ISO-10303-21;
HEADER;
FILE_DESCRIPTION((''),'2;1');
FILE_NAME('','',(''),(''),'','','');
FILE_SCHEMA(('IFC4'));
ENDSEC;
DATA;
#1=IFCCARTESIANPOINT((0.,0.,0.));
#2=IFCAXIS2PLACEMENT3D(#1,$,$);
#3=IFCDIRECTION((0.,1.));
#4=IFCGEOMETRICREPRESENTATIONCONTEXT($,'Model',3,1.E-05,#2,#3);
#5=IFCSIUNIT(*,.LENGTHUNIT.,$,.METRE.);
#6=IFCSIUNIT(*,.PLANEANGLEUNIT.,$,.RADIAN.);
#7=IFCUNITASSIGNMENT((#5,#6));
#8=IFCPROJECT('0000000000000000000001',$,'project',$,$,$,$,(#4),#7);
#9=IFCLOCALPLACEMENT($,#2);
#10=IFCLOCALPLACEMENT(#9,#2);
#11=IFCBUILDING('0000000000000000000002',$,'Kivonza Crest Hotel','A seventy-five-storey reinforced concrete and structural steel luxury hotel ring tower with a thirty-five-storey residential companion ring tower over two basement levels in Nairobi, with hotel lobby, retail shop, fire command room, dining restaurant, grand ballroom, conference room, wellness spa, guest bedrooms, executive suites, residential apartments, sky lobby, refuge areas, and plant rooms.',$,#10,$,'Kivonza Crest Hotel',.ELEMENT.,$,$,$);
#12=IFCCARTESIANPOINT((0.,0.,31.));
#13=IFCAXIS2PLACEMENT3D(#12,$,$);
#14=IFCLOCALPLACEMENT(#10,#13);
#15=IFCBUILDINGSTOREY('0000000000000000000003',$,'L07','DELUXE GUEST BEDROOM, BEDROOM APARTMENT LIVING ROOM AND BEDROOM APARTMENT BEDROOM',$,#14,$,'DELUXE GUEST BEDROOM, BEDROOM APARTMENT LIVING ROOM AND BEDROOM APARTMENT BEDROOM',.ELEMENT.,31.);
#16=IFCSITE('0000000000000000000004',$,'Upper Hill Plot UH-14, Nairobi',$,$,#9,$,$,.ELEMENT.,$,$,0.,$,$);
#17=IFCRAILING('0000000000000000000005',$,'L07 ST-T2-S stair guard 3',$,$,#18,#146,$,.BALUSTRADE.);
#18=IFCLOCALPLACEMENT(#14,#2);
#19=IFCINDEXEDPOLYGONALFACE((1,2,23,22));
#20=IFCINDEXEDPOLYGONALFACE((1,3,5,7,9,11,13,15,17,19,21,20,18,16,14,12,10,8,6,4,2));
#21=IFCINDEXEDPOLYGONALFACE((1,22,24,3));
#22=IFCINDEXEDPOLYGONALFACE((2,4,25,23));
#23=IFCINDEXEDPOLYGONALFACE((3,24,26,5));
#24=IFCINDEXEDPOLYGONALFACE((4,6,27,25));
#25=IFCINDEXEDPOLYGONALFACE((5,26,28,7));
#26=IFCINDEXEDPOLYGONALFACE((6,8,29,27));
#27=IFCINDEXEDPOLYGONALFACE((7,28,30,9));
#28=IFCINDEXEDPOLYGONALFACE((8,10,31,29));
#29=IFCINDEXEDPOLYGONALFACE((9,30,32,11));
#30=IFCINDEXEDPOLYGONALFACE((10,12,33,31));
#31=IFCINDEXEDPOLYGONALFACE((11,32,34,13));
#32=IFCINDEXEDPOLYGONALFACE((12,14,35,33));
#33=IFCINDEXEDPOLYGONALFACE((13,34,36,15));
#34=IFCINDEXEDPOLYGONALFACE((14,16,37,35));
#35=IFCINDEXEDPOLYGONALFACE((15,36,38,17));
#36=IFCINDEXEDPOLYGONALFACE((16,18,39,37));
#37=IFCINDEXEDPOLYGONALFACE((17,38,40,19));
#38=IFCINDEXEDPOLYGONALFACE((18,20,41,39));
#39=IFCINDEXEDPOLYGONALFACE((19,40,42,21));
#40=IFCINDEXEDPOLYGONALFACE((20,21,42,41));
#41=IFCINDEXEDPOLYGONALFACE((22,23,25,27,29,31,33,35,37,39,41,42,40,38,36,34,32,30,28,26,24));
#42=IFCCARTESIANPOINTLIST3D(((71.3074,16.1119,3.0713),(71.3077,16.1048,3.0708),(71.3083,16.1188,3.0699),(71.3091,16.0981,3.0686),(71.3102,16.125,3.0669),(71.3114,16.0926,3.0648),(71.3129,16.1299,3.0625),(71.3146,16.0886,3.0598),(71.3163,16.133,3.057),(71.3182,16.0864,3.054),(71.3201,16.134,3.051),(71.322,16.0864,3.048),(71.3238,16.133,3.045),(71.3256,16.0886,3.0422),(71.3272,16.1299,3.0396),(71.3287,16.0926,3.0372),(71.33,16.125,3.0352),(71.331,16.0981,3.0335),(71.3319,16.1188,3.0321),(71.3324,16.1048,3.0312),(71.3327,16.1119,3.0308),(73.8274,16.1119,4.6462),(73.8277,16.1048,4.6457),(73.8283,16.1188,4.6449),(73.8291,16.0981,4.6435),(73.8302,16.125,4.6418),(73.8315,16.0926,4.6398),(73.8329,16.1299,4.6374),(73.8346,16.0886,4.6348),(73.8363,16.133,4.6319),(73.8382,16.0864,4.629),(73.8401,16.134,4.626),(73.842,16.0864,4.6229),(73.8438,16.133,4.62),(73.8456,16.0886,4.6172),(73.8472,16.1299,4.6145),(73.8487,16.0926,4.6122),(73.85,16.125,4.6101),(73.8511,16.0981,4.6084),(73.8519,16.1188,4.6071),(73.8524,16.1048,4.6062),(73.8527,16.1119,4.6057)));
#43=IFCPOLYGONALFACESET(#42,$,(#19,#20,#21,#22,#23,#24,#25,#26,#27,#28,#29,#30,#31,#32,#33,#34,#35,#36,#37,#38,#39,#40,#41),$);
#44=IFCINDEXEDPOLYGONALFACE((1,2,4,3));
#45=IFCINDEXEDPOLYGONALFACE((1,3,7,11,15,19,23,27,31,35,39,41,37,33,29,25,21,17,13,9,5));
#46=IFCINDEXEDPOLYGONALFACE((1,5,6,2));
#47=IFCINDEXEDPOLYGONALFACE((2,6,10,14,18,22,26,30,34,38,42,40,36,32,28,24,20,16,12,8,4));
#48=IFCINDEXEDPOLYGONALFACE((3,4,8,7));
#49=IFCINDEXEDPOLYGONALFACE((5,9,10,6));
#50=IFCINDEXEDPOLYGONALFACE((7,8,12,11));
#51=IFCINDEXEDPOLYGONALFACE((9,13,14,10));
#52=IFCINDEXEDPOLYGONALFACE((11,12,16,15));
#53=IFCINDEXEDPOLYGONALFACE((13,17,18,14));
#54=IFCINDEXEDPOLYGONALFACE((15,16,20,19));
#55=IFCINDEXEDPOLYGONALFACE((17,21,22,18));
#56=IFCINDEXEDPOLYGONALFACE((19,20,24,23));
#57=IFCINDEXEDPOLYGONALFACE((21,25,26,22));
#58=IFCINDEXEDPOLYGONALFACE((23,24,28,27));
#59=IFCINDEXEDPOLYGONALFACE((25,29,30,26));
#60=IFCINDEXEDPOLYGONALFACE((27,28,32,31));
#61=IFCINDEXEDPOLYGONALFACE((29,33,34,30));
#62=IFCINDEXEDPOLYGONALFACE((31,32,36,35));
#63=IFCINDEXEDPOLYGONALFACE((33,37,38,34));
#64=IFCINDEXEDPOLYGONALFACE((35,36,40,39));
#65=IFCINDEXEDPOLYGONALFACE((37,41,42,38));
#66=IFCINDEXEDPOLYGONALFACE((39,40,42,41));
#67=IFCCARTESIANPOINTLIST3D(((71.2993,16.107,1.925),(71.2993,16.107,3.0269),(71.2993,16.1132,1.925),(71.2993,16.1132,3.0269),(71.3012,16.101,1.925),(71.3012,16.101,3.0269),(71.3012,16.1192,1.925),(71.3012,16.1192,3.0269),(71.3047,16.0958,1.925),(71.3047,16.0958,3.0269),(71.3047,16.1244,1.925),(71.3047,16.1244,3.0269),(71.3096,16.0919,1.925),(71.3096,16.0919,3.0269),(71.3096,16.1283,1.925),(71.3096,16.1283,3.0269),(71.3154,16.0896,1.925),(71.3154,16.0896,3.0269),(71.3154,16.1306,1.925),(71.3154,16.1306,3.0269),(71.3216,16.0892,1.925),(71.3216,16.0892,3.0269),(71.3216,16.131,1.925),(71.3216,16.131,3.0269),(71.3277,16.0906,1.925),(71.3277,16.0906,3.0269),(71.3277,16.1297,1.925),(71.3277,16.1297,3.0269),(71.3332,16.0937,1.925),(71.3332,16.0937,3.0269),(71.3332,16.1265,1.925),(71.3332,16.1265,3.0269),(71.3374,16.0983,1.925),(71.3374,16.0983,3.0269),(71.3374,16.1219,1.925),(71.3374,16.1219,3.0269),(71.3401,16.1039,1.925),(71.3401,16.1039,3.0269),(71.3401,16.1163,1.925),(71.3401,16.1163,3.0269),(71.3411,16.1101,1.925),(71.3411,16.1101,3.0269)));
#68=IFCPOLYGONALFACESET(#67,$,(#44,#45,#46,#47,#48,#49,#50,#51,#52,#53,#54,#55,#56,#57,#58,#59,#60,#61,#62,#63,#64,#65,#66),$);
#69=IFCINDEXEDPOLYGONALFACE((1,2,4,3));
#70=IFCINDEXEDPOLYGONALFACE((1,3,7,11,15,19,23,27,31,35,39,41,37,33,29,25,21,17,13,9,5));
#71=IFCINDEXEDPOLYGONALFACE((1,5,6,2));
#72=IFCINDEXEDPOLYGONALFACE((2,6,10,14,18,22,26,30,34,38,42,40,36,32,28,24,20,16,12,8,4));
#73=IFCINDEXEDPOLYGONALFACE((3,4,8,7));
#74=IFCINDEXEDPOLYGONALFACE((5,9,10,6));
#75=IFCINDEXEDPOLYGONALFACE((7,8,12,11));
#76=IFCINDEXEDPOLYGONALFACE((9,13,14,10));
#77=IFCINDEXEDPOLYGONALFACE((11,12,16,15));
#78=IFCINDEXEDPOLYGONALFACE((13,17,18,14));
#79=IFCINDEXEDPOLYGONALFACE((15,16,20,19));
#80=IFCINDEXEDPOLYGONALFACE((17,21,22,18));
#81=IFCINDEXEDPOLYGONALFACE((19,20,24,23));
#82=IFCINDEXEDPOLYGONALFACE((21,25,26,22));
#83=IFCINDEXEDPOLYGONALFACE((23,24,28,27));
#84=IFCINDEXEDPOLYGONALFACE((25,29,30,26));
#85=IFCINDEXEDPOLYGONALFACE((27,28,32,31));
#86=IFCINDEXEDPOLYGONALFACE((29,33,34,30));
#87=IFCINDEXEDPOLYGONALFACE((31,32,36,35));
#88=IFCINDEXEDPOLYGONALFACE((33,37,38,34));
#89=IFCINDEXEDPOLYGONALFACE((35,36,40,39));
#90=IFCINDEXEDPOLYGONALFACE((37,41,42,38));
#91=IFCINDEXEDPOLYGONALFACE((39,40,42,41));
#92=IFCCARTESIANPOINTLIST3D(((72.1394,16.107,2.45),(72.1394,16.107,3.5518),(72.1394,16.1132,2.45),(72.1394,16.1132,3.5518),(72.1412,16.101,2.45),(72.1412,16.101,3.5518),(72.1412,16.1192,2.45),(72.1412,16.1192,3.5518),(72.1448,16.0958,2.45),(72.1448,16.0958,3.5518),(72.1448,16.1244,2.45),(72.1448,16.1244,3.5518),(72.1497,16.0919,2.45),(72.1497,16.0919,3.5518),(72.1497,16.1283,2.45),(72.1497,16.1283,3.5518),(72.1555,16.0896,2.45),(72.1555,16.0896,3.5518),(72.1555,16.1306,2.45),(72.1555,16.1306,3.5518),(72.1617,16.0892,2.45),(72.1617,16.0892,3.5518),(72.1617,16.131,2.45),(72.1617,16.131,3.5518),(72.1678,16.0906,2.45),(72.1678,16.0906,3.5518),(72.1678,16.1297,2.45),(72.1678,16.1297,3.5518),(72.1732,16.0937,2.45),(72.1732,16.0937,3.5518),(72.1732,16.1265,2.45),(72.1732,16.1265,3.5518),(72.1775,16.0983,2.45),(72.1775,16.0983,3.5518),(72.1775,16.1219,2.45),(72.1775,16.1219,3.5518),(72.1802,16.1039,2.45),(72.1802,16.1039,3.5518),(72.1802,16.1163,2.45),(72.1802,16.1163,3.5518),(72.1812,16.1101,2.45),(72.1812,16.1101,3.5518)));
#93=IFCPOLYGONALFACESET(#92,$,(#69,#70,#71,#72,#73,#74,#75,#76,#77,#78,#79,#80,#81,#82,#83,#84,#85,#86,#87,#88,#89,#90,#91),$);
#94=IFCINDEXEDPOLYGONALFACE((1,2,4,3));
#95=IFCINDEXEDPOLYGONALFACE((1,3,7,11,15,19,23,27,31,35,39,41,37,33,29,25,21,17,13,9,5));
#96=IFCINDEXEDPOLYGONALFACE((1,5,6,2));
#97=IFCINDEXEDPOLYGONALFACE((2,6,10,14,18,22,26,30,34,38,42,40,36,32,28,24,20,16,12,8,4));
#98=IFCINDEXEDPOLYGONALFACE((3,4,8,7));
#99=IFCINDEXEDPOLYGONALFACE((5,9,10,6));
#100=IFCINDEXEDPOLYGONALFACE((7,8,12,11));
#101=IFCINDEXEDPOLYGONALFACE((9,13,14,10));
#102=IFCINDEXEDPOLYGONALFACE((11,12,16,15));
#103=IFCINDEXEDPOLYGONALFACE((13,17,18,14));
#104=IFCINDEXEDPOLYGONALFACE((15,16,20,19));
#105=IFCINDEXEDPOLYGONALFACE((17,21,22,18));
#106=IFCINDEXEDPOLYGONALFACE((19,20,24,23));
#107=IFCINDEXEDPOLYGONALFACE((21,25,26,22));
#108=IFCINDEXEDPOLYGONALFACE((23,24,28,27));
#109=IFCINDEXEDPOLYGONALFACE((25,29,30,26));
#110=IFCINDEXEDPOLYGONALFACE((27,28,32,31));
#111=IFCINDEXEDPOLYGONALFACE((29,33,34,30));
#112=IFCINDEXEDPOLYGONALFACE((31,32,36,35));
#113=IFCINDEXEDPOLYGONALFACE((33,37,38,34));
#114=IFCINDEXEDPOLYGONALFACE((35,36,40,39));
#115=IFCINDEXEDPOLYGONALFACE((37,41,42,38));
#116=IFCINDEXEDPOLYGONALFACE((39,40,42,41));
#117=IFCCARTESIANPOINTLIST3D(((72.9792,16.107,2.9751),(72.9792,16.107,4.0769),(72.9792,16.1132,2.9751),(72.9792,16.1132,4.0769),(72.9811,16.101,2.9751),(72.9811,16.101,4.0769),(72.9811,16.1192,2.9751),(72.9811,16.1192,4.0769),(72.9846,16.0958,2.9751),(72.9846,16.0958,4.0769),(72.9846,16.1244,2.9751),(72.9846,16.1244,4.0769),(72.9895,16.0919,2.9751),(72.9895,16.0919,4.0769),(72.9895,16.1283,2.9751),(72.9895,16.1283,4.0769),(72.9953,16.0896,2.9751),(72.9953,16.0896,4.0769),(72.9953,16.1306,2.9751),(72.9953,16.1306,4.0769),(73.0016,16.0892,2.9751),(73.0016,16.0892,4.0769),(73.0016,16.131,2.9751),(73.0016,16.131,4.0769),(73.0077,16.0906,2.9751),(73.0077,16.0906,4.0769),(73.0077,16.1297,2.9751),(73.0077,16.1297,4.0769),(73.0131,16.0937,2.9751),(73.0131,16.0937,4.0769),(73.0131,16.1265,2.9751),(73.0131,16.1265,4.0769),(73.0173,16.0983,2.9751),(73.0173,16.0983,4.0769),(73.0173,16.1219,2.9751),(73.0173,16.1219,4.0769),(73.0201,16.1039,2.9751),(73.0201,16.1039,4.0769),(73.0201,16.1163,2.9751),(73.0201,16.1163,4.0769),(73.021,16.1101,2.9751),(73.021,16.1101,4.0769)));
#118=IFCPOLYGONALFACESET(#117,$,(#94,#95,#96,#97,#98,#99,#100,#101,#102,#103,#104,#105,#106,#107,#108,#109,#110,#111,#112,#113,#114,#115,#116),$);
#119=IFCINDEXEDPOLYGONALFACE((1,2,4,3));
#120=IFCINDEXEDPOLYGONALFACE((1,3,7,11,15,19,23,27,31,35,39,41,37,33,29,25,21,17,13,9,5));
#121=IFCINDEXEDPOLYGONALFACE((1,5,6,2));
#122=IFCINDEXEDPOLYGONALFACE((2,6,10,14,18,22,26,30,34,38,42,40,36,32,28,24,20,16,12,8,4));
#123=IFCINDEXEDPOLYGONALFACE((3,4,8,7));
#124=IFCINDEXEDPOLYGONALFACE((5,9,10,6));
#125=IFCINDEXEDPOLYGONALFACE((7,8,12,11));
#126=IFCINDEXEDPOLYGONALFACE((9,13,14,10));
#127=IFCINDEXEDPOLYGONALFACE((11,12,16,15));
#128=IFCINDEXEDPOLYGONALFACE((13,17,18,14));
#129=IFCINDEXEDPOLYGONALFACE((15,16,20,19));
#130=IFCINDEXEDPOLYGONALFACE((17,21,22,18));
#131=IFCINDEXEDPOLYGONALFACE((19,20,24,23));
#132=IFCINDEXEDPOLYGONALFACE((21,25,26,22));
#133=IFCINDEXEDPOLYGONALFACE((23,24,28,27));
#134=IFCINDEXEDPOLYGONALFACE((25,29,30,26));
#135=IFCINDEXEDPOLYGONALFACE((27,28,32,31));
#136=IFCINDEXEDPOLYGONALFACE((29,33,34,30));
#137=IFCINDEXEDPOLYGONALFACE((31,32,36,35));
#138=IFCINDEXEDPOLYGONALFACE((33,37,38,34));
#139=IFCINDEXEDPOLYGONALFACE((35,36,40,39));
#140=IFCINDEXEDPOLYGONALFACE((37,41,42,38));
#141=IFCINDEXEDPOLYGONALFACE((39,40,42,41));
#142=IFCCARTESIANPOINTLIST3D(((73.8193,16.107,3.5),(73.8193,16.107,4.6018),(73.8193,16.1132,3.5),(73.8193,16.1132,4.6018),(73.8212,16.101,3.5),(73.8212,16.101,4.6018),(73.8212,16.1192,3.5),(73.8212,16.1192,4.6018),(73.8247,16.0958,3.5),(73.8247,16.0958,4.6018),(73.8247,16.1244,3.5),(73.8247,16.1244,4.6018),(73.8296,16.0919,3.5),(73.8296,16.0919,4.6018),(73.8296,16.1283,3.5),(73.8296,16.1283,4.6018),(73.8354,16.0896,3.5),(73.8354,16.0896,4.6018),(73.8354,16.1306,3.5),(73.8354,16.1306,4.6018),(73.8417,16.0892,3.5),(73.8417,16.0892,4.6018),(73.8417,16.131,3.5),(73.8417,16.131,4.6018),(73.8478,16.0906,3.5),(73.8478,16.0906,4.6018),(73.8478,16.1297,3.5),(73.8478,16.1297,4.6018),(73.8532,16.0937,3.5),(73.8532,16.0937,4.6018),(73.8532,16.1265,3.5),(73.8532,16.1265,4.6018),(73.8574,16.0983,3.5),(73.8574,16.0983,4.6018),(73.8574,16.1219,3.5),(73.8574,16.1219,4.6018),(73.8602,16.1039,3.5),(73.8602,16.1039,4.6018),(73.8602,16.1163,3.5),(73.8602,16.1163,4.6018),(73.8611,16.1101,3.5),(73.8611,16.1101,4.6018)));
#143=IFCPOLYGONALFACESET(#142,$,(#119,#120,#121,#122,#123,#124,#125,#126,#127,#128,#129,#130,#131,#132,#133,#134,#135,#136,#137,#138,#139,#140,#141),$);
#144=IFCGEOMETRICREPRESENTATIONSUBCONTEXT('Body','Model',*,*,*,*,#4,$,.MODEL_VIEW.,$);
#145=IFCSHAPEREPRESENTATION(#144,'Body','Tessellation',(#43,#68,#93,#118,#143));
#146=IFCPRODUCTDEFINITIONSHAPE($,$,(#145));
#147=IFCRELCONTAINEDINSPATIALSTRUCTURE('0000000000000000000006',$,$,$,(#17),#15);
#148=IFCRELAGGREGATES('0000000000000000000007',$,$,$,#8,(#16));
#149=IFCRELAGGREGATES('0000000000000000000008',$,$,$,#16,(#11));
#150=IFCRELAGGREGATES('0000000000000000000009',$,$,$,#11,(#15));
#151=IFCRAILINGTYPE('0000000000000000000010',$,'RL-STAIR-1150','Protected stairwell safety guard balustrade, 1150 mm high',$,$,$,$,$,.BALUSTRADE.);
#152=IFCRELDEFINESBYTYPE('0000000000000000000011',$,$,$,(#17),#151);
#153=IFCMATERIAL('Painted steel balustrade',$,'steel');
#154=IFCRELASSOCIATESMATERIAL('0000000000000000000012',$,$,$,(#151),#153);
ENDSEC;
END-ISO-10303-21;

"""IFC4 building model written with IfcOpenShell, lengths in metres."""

from ifc_helpers import new_model, si_unit, direction, frame, origin, origin_2d, place, context, subcontext, project, spatial, circle, extrude, material, type_object, element, save


model = new_model("IFC4")

# Units and contexts
model_context = context("Model", 3, precision=1e-05, world=origin(), true_north=direction((0.0, 1.0)))
body_context = subcontext(model_context, "Body", "Model", "MODEL_VIEW")
ifc_project = project(units=[si_unit("LENGTHUNIT", "METRE"), si_unit("PLANEANGLEUNIT", "RADIAN")], contexts=[model_context])

# Site, building, storey
site_placement = place(None, origin())
site = spatial("IfcSite", under=ifc_project, at=site_placement, Name="Upper Hill Plot UH-14, Nairobi", CompositionType="ELEMENT", RefElevation=0.0)
building_placement = place(site_placement, origin())
building = spatial("IfcBuilding", under=site, at=building_placement, Name="Kivonza Crest Hotel", Description="A seventy-five-storey reinforced concrete and structural steel luxury hotel ring tower with a thirty-five-storey residential companion ring tower over two basement levels in Nairobi, with hotel lobby, retail shop, fire command room, dining restaurant, grand ballroom, conference room, wellness spa, guest bedrooms, executive suites, residential apartments, sky lobby, refuge areas, and plant rooms.", LongName="Kivonza Crest Hotel", CompositionType="ELEMENT")
storey_placement = place(building_placement, frame((0.0, 0.0, 31.0)))
storey = spatial("IfcBuildingStorey", under=building, at=storey_placement, Name="L07", Description="DELUXE GUEST BEDROOM, BEDROOM APARTMENT LIVING ROOM AND BEDROOM APARTMENT BEDROOM", LongName="DELUXE GUEST BEDROOM, BEDROOM APARTMENT LIVING ROOM AND BEDROOM APARTMENT BEDROOM", CompositionType="ELEMENT", Elevation=31.0)

# Railing
ifc_material_1 = material(Name="Painted steel balustrade", Category="steel")
railing_type_1 = type_object("IfcRailingType", Name="RL-STAIR-1150", Description="Protected stairwell safety guard balustrade, 1150 mm high", PredefinedType="BALUSTRADE", material=ifc_material_1)
railing_1_placement = place(storey_placement, frame((71.3201, 16.1101, 1.925)))
element("IfcRailing", 1, at=railing_1_placement, inside=storey, type_object=railing_type_1, Name="L07 ST-T2-S stair guard 3", PredefinedType="BALUSTRADE", context=body_context, shape_type="SweptSolid", body=[
    extrude(circle(Radius=0.0239, at=origin_2d()), frame((0.0, 0.0, 1.126), z_axis=(0.848008, 0.0, 0.529984), x_axis=(0.0, 1.0, 0.0)), (0.0, 0.0, 1.0), 2.9717),
    extrude(circle(Radius=0.021, at=origin_2d()), origin(), (0.0, 0.0, 1.0), 1.1018),
    extrude(circle(Radius=0.021, at=origin_2d()), frame((0.8401, 0.0, 0.5249)), (0.0, 0.0, 1.0), 1.1018),
    extrude(circle(Radius=0.021, at=origin_2d()), frame((1.6799, 0.0, 1.05)), (0.0, 0.0, 1.0), 1.1018),
    extrude(circle(Radius=0.021, at=origin_2d()), frame((2.52, 0.0, 1.575)), (0.0, 0.0, 1.0), 1.1018),
])

save(model, "model.ifc")
